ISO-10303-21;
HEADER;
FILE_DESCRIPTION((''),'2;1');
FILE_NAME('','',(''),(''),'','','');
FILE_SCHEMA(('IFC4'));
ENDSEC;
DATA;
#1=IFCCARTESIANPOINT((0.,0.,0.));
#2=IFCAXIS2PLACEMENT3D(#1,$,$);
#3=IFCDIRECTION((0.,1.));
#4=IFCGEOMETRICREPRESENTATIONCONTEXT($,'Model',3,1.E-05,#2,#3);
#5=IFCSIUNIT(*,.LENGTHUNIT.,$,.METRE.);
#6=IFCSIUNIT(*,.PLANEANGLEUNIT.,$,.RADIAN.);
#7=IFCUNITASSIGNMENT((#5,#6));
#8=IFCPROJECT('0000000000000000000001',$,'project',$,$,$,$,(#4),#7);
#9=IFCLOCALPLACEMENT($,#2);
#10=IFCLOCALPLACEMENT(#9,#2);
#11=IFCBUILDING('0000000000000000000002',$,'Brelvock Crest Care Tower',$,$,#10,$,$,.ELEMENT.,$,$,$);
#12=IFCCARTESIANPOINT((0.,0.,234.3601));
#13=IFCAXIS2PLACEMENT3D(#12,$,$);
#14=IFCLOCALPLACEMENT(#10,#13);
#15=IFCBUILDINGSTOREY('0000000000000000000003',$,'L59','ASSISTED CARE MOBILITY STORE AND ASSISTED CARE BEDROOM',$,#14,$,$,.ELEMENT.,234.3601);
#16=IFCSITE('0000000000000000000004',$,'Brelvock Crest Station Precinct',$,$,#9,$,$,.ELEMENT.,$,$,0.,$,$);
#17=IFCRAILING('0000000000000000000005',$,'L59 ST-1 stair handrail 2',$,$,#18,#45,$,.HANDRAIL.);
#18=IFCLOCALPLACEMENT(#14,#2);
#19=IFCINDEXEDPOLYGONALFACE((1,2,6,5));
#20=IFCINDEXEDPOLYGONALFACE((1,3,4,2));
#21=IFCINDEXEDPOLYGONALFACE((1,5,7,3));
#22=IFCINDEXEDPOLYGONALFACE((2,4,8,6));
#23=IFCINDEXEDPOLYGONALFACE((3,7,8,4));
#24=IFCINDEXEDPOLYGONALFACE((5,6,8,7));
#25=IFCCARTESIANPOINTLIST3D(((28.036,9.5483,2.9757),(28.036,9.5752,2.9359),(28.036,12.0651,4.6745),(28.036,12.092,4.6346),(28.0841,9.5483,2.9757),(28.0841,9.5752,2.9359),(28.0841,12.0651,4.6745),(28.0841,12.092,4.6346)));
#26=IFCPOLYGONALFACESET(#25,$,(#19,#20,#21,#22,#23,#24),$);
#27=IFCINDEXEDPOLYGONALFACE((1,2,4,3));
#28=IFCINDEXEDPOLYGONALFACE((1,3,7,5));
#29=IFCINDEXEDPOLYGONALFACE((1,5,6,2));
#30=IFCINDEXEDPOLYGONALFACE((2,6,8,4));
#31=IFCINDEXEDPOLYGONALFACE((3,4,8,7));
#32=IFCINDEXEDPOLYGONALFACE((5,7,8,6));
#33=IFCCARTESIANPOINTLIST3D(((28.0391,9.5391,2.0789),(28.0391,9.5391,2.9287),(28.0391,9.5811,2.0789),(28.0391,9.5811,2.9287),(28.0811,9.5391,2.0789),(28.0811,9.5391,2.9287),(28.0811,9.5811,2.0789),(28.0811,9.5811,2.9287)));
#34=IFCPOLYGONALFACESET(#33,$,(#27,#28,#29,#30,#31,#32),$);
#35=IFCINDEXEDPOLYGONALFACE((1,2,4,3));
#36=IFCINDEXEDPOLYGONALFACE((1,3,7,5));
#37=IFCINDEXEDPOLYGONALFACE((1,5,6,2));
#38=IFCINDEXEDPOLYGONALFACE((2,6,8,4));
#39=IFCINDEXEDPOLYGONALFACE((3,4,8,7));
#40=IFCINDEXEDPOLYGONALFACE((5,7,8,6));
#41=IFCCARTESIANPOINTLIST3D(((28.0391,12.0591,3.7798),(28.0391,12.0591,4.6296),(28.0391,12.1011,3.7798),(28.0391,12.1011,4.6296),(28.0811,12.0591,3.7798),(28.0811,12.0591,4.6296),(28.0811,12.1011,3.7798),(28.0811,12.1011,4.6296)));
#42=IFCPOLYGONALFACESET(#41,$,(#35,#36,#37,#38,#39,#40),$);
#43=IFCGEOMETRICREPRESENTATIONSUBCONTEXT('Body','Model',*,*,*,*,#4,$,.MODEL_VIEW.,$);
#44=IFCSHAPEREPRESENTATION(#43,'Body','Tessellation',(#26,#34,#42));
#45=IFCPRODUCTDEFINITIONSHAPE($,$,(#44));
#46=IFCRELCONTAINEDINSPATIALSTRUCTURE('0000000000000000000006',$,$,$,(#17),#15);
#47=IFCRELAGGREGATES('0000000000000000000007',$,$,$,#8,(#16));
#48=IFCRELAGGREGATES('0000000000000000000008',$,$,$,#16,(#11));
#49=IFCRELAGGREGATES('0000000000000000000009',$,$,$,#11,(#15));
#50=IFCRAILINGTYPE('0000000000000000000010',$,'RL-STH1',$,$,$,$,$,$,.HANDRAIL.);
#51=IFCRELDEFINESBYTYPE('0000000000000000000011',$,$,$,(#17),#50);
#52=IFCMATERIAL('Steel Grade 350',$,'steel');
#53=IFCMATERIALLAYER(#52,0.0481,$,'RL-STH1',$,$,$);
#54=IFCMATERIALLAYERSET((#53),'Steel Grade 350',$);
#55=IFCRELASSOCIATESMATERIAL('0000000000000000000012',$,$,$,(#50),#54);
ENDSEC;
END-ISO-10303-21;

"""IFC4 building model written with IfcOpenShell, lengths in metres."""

from ifc_helpers import new_model, si_unit, direction, frame, origin, origin_2d, place, context, subcontext, project, spatial, rectangle, extrude, material, layer, layer_set, type_object, element, save


model = new_model("IFC4")

# Units and contexts
model_context = context("Model", 3, precision=1e-05, world=origin(), true_north=direction((0.0, 1.0)))
body_context = subcontext(model_context, "Body", "Model", "MODEL_VIEW")
ifc_project = project(units=[si_unit("LENGTHUNIT", "METRE"), si_unit("PLANEANGLEUNIT", "RADIAN")], contexts=[model_context])

# Site, building, storey
site_placement = place(None, origin())
site = spatial("IfcSite", under=ifc_project, at=site_placement, Name="Brelvock Crest Station Precinct", CompositionType="ELEMENT", RefElevation=0.0)
building_placement = place(site_placement, origin())
building = spatial("IfcBuilding", under=site, at=building_placement, Name="Brelvock Crest Care Tower", CompositionType="ELEMENT")
storey_placement = place(building_placement, frame((0.0, 0.0, 234.3601)))
storey = spatial("IfcBuildingStorey", under=building, at=storey_placement, Name="L59", Description="ASSISTED CARE MOBILITY STORE AND ASSISTED CARE BEDROOM", CompositionType="ELEMENT", Elevation=234.3601)

# Shared definitions
ifc_material_1 = material(Name="Steel Grade 350", Category="steel")

# Railing
ifc_layer_1 = layer(ifc_material_1, 0.0481, Name="RL-STH1")
ifc_layer_set_1 = layer_set([ifc_layer_1], Name="Steel Grade 350")
railing_type_1 = type_object("IfcRailingType", Name="RL-STH1", PredefinedType="HANDRAIL", material=ifc_layer_set_1)
railing_1_placement = place(storey_placement, frame((28.0601, 9.5601, 2.0789)))
element("IfcRailing", 1, at=railing_1_placement, inside=storey, type_object=railing_type_1, Name="L59 ST-1 stair handrail 2", PredefinedType="HANDRAIL", context=body_context, shape_type="SweptSolid", body=[
    extrude(rectangle(XDim=0.0481, YDim=0.0481, at=origin_2d()), frame((0.0, 0.0017, 0.877), z_axis=(0.0, 0.828862, 0.559454), x_axis=(-1.0, 0.0, 0.0)), (0.0, 0.0, 1.0), 3.0364),
    extrude(rectangle(XDim=0.042, YDim=0.042, at=origin_2d()), origin(), (0.0, 0.0, 1.0), 0.8499),
    extrude(rectangle(XDim=0.042, YDim=0.042, at=origin_2d()), frame((0.0, 2.52, 1.7009)), (0.0, 0.0, 1.0), 0.8499),
])

save(model, "model.ifc")
